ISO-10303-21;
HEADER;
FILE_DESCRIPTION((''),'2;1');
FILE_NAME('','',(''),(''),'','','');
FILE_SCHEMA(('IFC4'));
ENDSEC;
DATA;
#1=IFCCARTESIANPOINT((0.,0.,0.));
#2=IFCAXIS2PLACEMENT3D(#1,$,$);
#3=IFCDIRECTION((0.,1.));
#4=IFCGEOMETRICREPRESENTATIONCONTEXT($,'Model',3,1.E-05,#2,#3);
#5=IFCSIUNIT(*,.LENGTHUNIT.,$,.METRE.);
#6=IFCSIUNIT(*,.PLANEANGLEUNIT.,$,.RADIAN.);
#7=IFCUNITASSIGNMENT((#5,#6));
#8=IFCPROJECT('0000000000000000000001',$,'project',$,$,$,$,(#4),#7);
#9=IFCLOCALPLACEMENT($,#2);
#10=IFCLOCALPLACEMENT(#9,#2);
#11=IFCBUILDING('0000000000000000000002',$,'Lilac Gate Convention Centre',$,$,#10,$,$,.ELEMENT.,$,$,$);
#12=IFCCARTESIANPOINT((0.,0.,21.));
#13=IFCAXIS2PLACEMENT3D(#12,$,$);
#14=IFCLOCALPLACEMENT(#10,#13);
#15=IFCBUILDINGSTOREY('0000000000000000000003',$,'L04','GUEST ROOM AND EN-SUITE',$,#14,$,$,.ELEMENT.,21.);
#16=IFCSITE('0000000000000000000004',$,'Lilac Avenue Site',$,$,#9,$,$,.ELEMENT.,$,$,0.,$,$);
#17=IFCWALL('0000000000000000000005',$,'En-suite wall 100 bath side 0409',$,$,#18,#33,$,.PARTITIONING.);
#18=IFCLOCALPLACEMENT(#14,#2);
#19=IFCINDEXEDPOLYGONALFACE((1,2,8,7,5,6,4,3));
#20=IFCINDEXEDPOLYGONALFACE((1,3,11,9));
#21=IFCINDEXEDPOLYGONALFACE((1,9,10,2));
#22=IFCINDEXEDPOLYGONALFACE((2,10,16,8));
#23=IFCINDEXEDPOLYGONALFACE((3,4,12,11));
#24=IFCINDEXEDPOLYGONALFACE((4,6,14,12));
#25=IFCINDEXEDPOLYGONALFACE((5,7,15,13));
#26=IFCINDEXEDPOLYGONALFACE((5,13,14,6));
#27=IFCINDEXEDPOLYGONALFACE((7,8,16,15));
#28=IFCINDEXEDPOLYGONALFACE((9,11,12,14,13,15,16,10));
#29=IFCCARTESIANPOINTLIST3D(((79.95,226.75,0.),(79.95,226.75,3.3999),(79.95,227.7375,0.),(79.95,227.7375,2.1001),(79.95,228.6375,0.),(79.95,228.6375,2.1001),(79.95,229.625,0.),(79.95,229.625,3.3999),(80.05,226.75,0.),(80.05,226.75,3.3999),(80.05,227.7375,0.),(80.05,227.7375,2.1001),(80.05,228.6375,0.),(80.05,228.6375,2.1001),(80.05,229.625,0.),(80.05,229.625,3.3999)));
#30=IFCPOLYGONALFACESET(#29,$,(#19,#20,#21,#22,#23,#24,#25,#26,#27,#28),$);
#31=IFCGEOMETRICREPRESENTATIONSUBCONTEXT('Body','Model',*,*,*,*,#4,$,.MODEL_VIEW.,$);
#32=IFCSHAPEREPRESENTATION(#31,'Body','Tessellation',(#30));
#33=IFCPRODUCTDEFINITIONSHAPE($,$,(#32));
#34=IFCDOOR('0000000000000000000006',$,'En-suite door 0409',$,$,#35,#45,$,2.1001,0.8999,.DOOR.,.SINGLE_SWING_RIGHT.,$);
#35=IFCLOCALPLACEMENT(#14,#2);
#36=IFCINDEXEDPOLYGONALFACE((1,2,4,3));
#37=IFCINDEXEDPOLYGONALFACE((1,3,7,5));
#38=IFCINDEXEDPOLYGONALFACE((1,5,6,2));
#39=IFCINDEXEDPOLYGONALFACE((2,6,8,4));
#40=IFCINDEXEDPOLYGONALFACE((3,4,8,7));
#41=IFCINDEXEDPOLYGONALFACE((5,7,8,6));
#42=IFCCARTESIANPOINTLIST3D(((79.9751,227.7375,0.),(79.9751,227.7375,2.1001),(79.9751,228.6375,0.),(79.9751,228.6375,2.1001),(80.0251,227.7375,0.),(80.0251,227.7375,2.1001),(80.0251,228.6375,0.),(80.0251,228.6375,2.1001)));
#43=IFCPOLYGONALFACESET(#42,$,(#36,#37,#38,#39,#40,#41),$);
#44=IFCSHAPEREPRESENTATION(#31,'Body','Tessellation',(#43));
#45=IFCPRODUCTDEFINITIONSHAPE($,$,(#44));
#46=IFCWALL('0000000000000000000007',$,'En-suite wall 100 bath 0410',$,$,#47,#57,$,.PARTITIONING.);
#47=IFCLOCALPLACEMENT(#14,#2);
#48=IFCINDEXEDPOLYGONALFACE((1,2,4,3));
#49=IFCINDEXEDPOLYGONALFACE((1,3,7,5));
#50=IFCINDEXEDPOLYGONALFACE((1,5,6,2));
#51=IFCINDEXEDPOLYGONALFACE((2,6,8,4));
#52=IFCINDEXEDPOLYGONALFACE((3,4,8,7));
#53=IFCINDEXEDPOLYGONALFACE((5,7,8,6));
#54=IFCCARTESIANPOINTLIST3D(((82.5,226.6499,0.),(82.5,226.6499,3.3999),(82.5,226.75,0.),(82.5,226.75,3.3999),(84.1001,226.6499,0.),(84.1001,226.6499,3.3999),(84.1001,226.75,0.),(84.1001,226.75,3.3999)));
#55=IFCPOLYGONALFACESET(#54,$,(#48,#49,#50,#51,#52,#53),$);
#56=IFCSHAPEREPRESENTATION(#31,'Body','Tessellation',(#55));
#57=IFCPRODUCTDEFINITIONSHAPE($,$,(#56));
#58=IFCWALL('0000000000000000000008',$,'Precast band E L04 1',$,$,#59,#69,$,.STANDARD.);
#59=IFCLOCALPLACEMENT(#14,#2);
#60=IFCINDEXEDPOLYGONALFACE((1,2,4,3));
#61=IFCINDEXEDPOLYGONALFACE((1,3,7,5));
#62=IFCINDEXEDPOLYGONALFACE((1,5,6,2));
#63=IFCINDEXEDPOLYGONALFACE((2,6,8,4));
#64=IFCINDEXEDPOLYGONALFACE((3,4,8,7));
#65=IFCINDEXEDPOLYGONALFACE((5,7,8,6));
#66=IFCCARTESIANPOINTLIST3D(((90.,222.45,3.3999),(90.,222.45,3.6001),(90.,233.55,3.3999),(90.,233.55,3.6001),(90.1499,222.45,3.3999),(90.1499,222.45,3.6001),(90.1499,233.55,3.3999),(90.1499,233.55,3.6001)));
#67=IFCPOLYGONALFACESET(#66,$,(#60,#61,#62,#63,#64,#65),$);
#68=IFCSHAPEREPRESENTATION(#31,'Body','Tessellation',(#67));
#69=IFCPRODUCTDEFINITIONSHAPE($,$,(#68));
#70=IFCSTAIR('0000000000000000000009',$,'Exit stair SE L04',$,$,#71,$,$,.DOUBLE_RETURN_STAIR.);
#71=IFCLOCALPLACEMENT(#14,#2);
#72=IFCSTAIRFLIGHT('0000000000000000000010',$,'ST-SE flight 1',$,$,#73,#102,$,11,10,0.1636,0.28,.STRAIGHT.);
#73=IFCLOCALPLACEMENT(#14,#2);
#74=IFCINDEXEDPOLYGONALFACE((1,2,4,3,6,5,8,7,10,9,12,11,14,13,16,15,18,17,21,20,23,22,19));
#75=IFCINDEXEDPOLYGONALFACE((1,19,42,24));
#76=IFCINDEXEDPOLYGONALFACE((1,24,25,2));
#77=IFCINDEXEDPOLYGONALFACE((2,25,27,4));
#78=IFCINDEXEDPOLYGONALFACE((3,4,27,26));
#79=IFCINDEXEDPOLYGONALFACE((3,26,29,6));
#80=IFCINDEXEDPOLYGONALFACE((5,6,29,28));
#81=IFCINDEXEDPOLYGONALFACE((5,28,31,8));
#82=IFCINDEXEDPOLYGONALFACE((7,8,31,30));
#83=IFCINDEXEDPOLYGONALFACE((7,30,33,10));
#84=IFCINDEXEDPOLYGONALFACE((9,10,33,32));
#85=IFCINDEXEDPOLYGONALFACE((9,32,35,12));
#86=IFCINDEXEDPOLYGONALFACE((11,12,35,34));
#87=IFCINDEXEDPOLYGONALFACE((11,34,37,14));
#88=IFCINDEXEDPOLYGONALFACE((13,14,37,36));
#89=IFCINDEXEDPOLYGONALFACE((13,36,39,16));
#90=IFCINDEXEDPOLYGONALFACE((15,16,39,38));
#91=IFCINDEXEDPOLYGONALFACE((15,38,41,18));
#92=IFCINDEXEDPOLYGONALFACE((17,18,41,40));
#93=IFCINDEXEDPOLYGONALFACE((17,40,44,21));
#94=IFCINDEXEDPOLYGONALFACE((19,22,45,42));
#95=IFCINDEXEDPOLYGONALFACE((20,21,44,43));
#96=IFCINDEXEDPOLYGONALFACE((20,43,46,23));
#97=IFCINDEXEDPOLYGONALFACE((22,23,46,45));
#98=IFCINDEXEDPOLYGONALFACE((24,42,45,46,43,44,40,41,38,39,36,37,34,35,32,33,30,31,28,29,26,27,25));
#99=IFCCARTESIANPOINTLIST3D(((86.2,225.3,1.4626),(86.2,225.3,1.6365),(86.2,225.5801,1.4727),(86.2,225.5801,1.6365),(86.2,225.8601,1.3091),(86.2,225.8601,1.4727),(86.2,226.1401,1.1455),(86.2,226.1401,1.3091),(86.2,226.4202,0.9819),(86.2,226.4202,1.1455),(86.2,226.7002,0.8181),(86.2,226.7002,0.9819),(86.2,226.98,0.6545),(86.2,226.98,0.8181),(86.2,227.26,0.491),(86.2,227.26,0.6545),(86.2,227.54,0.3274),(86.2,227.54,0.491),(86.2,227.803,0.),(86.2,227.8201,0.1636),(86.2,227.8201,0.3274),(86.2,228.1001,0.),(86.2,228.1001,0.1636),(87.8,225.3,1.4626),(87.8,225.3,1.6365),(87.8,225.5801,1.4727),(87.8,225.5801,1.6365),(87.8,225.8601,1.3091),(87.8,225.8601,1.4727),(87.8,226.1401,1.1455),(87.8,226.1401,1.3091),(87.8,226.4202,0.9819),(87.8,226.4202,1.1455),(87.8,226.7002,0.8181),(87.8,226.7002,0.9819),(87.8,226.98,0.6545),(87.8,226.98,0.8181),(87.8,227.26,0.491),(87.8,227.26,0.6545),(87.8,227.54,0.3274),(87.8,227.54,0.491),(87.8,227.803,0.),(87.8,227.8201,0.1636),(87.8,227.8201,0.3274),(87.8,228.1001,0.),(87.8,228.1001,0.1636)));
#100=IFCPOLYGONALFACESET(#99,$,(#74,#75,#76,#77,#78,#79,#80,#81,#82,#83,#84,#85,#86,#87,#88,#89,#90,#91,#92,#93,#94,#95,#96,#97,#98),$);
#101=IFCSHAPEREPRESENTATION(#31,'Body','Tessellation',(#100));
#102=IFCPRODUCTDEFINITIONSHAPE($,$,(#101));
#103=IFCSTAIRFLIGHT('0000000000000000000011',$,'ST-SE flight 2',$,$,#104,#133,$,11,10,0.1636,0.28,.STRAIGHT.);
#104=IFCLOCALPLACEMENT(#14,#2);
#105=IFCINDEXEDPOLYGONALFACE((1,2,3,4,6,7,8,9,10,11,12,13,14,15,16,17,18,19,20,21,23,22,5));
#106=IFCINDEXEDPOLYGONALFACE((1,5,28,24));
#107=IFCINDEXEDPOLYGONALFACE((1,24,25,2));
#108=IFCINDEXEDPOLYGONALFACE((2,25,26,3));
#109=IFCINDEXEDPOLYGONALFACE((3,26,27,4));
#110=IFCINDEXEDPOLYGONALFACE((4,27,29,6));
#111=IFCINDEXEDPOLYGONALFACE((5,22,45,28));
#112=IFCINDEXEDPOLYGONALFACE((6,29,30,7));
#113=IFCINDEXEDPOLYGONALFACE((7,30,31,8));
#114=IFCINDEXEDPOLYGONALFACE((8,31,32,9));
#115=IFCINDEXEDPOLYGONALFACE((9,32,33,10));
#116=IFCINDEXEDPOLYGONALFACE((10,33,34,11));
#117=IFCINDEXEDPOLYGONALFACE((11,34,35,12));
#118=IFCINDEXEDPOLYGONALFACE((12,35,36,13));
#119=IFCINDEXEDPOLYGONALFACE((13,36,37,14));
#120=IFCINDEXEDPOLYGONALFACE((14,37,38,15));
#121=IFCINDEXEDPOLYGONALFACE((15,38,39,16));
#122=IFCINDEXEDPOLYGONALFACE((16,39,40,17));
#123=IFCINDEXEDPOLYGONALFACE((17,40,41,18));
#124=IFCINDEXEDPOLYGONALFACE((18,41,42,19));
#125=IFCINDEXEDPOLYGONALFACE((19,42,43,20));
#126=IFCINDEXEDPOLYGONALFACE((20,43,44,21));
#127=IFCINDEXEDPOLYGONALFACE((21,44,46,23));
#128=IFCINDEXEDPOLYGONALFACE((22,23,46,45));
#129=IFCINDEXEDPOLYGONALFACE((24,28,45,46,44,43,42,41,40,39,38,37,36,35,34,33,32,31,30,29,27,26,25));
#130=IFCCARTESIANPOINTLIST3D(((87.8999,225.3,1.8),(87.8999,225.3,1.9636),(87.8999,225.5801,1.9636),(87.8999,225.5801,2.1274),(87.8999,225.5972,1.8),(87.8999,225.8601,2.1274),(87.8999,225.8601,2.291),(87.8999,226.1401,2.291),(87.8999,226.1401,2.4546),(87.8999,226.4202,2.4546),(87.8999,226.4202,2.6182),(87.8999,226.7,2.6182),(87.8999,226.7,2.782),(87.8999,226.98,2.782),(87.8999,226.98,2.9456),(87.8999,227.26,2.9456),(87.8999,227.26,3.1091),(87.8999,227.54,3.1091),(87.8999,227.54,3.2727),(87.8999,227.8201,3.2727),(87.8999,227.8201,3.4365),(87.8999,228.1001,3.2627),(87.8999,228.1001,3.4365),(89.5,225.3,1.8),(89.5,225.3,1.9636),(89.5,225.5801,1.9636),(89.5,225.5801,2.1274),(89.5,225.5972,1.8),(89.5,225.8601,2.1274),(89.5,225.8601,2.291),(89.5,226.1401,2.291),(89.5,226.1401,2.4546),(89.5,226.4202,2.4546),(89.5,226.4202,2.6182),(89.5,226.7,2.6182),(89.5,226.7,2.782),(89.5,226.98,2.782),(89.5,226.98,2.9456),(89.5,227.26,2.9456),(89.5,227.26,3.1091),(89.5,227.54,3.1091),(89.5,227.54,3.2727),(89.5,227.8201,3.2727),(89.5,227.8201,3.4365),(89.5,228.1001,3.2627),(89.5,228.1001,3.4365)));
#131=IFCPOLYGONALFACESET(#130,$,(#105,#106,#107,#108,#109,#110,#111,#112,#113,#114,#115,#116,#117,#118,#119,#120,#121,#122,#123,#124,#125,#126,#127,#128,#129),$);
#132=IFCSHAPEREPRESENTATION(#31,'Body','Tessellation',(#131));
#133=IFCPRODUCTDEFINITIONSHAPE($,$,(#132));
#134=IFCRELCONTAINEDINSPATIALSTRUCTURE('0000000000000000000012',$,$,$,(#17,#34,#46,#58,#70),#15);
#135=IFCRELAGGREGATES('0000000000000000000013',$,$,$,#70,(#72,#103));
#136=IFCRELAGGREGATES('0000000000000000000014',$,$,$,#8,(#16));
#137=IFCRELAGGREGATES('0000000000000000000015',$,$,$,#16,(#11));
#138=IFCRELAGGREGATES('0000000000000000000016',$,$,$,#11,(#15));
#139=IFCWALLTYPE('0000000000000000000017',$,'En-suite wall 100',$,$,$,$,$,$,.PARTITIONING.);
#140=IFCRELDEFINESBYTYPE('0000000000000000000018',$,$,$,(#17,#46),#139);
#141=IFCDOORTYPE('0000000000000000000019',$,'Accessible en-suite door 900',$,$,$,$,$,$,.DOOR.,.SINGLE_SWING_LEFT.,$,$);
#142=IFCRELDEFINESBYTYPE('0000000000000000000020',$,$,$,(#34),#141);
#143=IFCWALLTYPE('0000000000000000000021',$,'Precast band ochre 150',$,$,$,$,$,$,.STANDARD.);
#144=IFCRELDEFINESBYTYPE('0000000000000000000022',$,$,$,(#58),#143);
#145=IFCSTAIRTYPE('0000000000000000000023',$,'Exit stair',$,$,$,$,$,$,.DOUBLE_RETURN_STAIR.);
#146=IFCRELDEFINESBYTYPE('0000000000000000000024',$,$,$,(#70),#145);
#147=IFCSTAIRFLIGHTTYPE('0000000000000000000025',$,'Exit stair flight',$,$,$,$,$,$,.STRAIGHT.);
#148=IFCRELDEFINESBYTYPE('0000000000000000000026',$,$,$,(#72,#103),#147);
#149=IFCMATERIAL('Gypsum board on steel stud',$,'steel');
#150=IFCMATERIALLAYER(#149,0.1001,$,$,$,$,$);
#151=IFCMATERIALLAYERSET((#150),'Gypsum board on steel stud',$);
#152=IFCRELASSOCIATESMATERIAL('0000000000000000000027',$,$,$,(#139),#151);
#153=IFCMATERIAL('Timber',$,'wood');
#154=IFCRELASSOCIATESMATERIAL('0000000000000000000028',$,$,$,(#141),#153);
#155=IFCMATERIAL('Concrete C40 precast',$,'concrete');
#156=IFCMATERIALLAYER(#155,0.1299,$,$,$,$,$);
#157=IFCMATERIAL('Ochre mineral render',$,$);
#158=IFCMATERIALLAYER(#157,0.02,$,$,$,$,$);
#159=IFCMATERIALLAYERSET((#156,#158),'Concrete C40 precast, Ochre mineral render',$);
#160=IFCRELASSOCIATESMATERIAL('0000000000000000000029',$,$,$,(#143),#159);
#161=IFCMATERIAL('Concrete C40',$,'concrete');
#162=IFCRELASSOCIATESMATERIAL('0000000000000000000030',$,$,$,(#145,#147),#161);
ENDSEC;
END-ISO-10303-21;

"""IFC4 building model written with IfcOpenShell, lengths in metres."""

from ifc_helpers import new_model, si_unit, direction, frame, frame_2d, origin, place, context, subcontext, project, spatial, polyline, rectangle, outline, extrude, material, layer, layer_set, type_object, element, fill, aggregate, save


model = new_model("IFC4")

# Units and contexts
model_context = context("Model", 3, precision=1e-05, world=origin(), true_north=direction((0.0, 1.0)))
body_context = subcontext(model_context, "Body", "Model", "MODEL_VIEW")
ifc_project = project(units=[si_unit("LENGTHUNIT", "METRE"), si_unit("PLANEANGLEUNIT", "RADIAN")], contexts=[model_context])

# Site, building, storey
site_placement = place(None, origin())
site = spatial("IfcSite", under=ifc_project, at=site_placement, Name="Lilac Avenue Site", CompositionType="ELEMENT", RefElevation=0.0)
building_placement = place(site_placement, origin())
building = spatial("IfcBuilding", under=site, at=building_placement, Name="Lilac Gate Convention Centre", CompositionType="ELEMENT")
storey_placement = place(building_placement, frame((0.0, 0.0, 21.0)))
storey = spatial("IfcBuildingStorey", under=building, at=storey_placement, Name="L04", Description="GUEST ROOM AND EN-SUITE", CompositionType="ELEMENT", Elevation=21.0)

# Shared definitions
ifc_material_1 = material(Name="Concrete C40", Category="concrete")

# Shared definitions
ifc_material_2 = material(Name="Gypsum board on steel stud", Category="steel")
ifc_layer_1 = layer(ifc_material_2, 0.1001)
ifc_layer_set_1 = layer_set([ifc_layer_1], Name="Gypsum board on steel stud")
wall_type_1 = type_object("IfcWallType", Name="En-suite wall 100", PredefinedType="PARTITIONING", material=ifc_layer_set_1)

# Shared definitions
ifc_material_3 = material(Name="Timber", Category="wood")

# Wall, opening, door
wall_1_placement = place(storey_placement, frame((80.0, 226.75, 0.0), z_axis=(0.0, 0.0, 1.0), x_axis=(0.0, 1.0, 0.0)))
wall_1 = element("IfcWall", 1, at=wall_1_placement, inside=storey, type_object=wall_type_1, Name="En-suite wall 100 bath side 0409", PredefinedType="PARTITIONING", context=body_context, shape_type="SweptSolid", body=[
    extrude(rectangle(XDim=2.875, YDim=0.1001, at=frame_2d((1.4375, 0.0))), origin(), (0.0, 0.0, 1.0), 3.3999),
])
opening_1_placement = place(wall_1_placement, frame((0.9875, 0.0, 0.0)))
opening_1 = element("IfcOpeningElement", 2, at=opening_1_placement, cuts=wall_1, PredefinedType="OPENING", context=body_context, shape_type="SweptSolid", body=[
    extrude(rectangle(XDim=0.8999, YDim=2.1001, at=frame_2d((0.45, 1.05))), frame((0.0, 0.0601, 0.0), z_axis=(0.0, -1.0, 0.0), x_axis=(1.0, 0.0, 0.0)), (0.0, 0.0, 1.0), 0.1201),
])
door_type_1 = type_object("IfcDoorType", Name="Accessible en-suite door 900", OperationType="SINGLE_SWING_LEFT", PredefinedType="DOOR", material=ifc_material_3)
door_1_placement = place(opening_1_placement, origin())
door_1 = element("IfcDoor", 3, at=door_1_placement, inside=storey, type_object=door_type_1, Name="En-suite door 0409", OperationType="SINGLE_SWING_RIGHT", OverallHeight=2.1001, OverallWidth=0.8999, PredefinedType="DOOR", context=body_context, shape_type="SweptSolid", body=[
    extrude(rectangle(XDim=0.8999, YDim=2.1001, at=frame_2d((0.45, 1.05))), frame((0.0, 0.0249, 0.0), z_axis=(0.0, -1.0, 0.0), x_axis=(1.0, 0.0, 0.0)), (0.0, 0.0, 1.0), 0.05),
])
fill(opening_1, door_1)

# Walls
wall_2_placement = place(storey_placement, frame((82.5, 226.7, 0.0), z_axis=(0.0, 0.0, 1.0), x_axis=(1.0, 0.0, 0.0)))
element("IfcWall", 4, at=wall_2_placement, inside=storey, type_object=wall_type_1, Name="En-suite wall 100 bath 0410", PredefinedType="PARTITIONING", context=body_context, shape_type="SweptSolid", body=[
    extrude(rectangle(XDim=1.6001, YDim=0.1001, at=frame_2d((0.8, 0.0))), origin(), (0.0, 0.0, 1.0), 3.3999),
])
ifc_material_4 = material(Name="Concrete C40 precast", Category="concrete")
ifc_layer_2 = layer(ifc_material_4, 0.1299)
ifc_material_5 = material(Name="Ochre mineral render")
ifc_layer_3 = layer(ifc_material_5, 0.02)
ifc_layer_set_2 = layer_set([ifc_layer_2, ifc_layer_3], Name="Concrete C40 precast, Ochre mineral render")
wall_type_2 = type_object("IfcWallType", Name="Precast band ochre 150", PredefinedType="STANDARD", material=ifc_layer_set_2)
wall_3_placement = place(storey_placement, frame((90.075, 222.45, 3.3999), z_axis=(0.0, 0.0, 1.0), x_axis=(0.0, 1.0, 0.0)))
element("IfcWall", 5, at=wall_3_placement, inside=storey, type_object=wall_type_2, Name="Precast band E L04 1", PredefinedType="STANDARD", context=body_context, shape_type="SweptSolid", body=[
    extrude(rectangle(XDim=11.1001, YDim=0.1499, at=frame_2d((5.55, 0.0))), origin(), (0.0, 0.0, 1.0), 0.2002),
])

# Stair, stair flights
stair_type = type_object("IfcStairType", Name="Exit stair", PredefinedType="DOUBLE_RETURN_STAIR", material=ifc_material_1)
stair_placement = place(storey_placement, origin())
stair = element("IfcStair", 6, at=stair_placement, inside=storey, type_object=stair_type, Name="Exit stair SE L04", PredefinedType="DOUBLE_RETURN_STAIR")
stair_flight_type = type_object("IfcStairFlightType", Name="Exit stair flight", PredefinedType="STRAIGHT", material=ifc_material_1)
stair_flight_1_placement = place(storey_placement, frame((87.0, 228.1001, 0.0), z_axis=(0.0, 0.0, 1.0), x_axis=(0.0, -1.0, 0.0)))
stair_flight_1 = element("IfcStairFlight", 7, at=stair_flight_1_placement, type_object=stair_flight_type, Name="ST-SE flight 1", NumberOfRisers=11, NumberOfTreads=10, PredefinedType="STRAIGHT", RiserHeight=0.1636, TreadLength=0.28, context=body_context, shape_type="SweptSolid", body=[
    extrude(outline(polyline([(0.0, 0.0), (0.0, 0.1636), (0.28, 0.1636), (0.28, 0.3274), (0.5601, 0.3274), (0.5601, 0.491), (0.8401, 0.491), (0.8401, 0.6545), (1.1201, 0.6545), (1.1201, 0.8181), (1.3999, 0.8181), (1.3999, 0.9819), (1.6799, 0.9819), (1.6799, 1.1455), (1.96, 1.1455), (1.96, 1.3091), (2.24, 1.3091), (2.24, 1.4727), (2.52, 1.4727), (2.52, 1.6365), (2.8, 1.6365), (2.8, 1.8), (2.8, 1.4626), (0.2971, 0.0), (0.0, 0.0)])), frame((0.0, 0.8, 0.0), z_axis=(0.0, -1.0, 0.0), x_axis=(1.0, 0.0, 0.0)), (0.0, 0.0, 1.0), 1.6001),
])
stair_flight_2_placement = place(storey_placement, frame((88.7, 225.3, 1.8), z_axis=(0.0, 0.0, 1.0), x_axis=(0.0, 1.0, 0.0)))
stair_flight_2 = element("IfcStairFlight", 8, at=stair_flight_2_placement, type_object=stair_flight_type, Name="ST-SE flight 2", NumberOfRisers=11, NumberOfTreads=10, PredefinedType="STRAIGHT", RiserHeight=0.1636, TreadLength=0.28, context=body_context, shape_type="SweptSolid", body=[
    extrude(outline(polyline([(0.0, 0.0), (0.0, 0.1636), (0.28, 0.1636), (0.28, 0.3274), (0.5601, 0.3274), (0.5601, 0.491), (0.8401, 0.491), (0.8401, 0.6545), (1.1201, 0.6545), (1.1201, 0.8181), (1.3999, 0.8181), (1.3999, 0.9819), (1.6799, 0.9819), (1.6799, 1.1455), (1.96, 1.1455), (1.96, 1.3091), (2.24, 1.3091), (2.24, 1.4727), (2.52, 1.4727), (2.52, 1.6365), (2.8, 1.6365), (2.8, 1.8), (2.8, 1.4626), (0.2971, 0.0), (0.0, 0.0)])), frame((0.0, 0.8, 0.0), z_axis=(0.0, -1.0, 0.0), x_axis=(1.0, 0.0, 0.0)), (0.0, 0.0, 1.0), 1.6001),
])
aggregate(stair, [stair_flight_1, stair_flight_2])

save(model, "model.ifc")
